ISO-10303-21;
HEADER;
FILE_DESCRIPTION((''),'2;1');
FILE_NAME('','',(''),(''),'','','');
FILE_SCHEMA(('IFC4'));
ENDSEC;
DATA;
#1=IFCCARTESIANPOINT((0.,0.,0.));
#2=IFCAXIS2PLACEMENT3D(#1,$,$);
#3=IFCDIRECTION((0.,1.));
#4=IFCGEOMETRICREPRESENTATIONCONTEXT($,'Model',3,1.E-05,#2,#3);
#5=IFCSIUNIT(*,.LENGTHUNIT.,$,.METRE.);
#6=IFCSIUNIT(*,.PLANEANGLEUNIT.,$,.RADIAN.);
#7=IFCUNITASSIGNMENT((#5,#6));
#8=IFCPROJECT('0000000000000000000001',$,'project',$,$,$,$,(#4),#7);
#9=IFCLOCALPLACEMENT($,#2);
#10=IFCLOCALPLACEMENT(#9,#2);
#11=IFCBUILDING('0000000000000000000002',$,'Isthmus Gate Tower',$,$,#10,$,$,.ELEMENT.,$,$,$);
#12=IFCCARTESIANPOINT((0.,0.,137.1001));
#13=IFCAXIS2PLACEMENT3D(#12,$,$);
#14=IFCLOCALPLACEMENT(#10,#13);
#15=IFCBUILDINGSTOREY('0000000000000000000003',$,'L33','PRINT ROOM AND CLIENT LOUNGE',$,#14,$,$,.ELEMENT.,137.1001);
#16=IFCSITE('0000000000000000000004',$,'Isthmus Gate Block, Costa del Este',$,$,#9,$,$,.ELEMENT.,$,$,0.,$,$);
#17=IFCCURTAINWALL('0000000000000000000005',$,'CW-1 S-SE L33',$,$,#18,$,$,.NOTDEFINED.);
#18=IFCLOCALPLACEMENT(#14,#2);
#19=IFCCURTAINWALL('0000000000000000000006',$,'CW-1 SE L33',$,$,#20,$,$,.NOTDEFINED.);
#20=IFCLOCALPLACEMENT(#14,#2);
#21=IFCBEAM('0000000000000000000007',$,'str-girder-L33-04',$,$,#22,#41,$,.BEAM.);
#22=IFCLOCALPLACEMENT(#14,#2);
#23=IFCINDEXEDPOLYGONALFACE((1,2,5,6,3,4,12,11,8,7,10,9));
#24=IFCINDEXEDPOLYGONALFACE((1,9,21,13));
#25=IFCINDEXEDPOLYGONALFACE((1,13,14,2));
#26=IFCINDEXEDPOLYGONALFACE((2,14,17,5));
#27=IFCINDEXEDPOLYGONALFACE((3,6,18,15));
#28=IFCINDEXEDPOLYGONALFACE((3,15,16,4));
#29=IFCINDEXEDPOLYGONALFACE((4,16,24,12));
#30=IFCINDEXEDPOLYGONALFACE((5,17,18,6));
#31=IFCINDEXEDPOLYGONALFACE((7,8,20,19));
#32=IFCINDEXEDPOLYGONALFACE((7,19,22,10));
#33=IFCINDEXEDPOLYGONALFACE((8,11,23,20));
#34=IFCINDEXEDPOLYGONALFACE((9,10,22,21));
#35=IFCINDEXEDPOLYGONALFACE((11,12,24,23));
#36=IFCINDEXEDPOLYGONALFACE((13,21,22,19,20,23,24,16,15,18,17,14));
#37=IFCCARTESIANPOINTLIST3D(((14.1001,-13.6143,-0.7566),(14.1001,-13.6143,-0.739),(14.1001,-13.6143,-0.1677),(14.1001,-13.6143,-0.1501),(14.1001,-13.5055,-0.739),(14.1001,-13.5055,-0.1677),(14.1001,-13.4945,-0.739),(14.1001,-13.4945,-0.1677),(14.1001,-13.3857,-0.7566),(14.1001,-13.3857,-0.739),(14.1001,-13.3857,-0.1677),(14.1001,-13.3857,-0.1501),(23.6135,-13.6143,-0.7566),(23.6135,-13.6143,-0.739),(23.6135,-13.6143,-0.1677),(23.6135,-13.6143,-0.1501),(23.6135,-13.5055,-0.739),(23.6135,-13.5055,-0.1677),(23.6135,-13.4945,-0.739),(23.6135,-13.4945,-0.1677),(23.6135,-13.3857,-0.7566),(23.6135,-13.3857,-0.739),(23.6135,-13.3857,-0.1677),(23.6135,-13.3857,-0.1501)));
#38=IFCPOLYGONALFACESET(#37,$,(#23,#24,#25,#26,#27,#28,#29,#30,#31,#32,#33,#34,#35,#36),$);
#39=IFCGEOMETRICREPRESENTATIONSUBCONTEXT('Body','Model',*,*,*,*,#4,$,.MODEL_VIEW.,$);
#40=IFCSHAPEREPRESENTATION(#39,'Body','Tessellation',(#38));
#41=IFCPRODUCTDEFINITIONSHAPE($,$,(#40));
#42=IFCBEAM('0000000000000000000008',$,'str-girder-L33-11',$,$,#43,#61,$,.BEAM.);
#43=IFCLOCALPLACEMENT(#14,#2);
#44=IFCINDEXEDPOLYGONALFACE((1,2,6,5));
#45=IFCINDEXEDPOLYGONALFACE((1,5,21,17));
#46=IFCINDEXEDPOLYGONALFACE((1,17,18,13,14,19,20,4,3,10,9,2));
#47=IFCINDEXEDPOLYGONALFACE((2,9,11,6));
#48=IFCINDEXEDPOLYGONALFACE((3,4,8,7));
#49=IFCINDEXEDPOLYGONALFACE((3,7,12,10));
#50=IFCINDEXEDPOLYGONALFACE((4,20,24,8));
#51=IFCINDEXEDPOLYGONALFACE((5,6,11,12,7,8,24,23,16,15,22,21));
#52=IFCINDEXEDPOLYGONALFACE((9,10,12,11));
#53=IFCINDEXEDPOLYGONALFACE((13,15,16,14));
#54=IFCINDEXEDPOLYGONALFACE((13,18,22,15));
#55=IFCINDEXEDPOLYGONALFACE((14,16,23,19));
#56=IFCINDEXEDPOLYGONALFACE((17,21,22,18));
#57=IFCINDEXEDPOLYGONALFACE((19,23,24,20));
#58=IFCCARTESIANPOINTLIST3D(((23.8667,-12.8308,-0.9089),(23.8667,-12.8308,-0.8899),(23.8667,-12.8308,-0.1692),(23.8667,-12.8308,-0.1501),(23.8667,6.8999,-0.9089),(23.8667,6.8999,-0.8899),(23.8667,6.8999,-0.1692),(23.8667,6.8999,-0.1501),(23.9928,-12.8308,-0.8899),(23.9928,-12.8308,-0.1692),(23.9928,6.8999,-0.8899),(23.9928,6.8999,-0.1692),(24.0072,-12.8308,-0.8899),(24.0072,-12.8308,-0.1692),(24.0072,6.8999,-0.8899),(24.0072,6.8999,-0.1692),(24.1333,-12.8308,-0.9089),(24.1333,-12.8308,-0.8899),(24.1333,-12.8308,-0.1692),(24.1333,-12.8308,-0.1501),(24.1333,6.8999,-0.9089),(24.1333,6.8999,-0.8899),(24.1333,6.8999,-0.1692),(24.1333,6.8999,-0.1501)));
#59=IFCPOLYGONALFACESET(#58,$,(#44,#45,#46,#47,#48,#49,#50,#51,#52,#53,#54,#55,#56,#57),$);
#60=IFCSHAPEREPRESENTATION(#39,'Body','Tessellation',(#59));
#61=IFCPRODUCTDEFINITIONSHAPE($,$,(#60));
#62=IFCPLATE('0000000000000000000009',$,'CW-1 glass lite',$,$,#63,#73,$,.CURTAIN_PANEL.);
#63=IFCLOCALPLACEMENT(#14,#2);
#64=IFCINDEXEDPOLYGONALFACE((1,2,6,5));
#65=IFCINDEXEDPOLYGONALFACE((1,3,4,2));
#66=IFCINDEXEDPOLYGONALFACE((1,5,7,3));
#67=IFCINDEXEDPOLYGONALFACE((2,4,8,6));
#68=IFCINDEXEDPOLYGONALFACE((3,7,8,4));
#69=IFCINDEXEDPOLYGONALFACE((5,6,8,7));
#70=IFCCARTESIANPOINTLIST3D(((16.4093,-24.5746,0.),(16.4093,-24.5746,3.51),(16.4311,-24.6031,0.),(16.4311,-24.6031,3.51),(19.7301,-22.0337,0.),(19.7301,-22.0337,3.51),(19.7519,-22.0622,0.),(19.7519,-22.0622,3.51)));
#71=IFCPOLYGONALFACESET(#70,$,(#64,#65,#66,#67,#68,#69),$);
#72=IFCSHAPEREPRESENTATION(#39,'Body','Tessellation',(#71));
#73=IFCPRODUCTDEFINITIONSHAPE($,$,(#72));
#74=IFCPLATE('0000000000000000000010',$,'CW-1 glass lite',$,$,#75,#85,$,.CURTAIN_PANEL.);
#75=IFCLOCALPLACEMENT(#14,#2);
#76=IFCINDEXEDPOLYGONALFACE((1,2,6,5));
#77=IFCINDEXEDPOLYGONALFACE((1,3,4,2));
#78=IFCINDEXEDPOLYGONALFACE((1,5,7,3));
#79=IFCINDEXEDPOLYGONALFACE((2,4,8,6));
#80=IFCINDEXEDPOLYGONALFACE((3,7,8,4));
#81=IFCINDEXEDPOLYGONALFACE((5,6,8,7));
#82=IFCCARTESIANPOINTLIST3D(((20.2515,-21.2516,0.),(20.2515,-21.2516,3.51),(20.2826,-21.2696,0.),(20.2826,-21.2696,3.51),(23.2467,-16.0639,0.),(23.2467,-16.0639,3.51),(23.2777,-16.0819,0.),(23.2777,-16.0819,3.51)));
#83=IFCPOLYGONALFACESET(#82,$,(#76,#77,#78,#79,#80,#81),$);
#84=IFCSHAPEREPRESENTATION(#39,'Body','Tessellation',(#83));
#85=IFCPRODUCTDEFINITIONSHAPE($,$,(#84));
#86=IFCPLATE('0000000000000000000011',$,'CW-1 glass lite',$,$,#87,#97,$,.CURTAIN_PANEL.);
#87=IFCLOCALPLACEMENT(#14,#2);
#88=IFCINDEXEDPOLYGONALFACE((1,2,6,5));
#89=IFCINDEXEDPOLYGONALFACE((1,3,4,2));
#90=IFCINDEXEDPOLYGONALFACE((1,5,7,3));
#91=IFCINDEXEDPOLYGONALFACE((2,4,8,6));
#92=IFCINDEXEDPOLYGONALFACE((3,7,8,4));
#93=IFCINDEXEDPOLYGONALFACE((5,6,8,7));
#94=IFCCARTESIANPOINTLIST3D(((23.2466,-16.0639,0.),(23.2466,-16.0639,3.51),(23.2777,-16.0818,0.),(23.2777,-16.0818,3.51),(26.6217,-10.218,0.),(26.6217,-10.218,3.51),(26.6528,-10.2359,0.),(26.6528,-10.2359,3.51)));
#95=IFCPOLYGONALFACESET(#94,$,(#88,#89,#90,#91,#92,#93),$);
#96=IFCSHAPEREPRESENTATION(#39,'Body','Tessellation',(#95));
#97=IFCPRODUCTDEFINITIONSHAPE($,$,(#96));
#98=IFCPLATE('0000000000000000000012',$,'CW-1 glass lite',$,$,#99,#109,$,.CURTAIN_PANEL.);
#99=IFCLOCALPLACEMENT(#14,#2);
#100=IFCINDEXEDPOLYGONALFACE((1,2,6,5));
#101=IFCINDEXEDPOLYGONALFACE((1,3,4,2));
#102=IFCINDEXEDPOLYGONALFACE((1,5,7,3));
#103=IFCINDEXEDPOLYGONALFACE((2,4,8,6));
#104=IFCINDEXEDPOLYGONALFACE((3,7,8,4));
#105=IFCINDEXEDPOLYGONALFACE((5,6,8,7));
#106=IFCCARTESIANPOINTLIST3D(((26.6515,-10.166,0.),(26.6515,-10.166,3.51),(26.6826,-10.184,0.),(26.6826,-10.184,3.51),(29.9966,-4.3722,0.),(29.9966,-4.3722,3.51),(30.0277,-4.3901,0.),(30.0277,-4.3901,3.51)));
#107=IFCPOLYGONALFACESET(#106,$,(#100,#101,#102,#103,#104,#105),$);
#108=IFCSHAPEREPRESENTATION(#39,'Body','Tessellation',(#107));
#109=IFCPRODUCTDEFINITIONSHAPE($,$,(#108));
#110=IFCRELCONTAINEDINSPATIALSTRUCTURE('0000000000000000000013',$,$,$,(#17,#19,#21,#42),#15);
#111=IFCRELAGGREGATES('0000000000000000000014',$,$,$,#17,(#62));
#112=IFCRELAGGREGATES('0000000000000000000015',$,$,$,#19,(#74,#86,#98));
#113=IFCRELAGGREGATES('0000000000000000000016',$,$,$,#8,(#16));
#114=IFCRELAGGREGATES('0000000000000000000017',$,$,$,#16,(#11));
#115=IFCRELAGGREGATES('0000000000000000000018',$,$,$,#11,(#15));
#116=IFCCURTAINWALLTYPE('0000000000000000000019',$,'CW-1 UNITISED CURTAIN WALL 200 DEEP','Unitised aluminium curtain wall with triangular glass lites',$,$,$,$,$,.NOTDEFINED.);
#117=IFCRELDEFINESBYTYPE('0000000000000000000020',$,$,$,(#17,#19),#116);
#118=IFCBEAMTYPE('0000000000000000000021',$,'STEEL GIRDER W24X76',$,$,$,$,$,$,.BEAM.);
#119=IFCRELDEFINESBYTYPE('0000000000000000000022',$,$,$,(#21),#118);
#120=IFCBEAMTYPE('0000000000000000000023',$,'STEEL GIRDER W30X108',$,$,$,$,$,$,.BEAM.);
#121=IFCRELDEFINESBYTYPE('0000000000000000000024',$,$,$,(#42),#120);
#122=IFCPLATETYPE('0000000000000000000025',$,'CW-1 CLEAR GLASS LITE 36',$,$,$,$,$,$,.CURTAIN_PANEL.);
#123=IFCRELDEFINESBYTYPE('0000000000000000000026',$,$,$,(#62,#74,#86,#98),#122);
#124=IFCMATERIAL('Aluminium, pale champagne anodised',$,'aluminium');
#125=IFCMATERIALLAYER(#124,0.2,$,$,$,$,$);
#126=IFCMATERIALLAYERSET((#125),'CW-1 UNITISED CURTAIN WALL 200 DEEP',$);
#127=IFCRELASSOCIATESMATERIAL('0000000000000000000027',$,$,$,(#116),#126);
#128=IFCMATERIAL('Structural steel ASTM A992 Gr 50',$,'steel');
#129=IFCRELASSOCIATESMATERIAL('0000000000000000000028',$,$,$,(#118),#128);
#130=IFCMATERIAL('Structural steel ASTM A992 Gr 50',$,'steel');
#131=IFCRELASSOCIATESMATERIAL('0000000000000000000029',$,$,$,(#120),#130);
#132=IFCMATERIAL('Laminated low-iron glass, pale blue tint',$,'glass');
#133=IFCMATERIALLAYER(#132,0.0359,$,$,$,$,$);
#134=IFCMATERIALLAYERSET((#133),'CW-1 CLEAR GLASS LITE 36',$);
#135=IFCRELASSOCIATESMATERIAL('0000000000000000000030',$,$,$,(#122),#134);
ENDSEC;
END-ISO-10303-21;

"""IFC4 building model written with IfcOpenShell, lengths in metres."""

from ifc_helpers import new_model, si_unit, direction, frame, origin, origin_2d, place, context, subcontext, project, spatial, rectangle, i_section, extrude, material, layer, layer_set, material_profile, profile_set, type_object, element, aggregate, save


model = new_model("IFC4")

# Units and contexts
model_context = context("Model", 3, precision=1e-05, world=origin(), true_north=direction((0.0, 1.0)))
body_context = subcontext(model_context, "Body", "Model", "MODEL_VIEW")
ifc_project = project(units=[si_unit("LENGTHUNIT", "METRE"), si_unit("PLANEANGLEUNIT", "RADIAN")], contexts=[model_context])

# Site, building, storey
site_placement = place(None, origin())
site = spatial("IfcSite", under=ifc_project, at=site_placement, Name="Isthmus Gate Block, Costa del Este", CompositionType="ELEMENT", RefElevation=0.0)
building_placement = place(site_placement, origin())
building = spatial("IfcBuilding", under=site, at=building_placement, Name="Isthmus Gate Tower", CompositionType="ELEMENT")
storey_placement = place(building_placement, frame((0.0, 0.0, 137.1001)))
storey = spatial("IfcBuildingStorey", under=building, at=storey_placement, Name="L33", Description="PRINT ROOM AND CLIENT LOUNGE", CompositionType="ELEMENT", Elevation=137.1001)

# Curtain wall
ifc_material_1 = material(Name="Aluminium, pale champagne anodised", Category="aluminium")
ifc_layer_1 = layer(ifc_material_1, 0.2)
ifc_layer_set_1 = layer_set([ifc_layer_1], Name="CW-1 UNITISED CURTAIN WALL 200 DEEP")
curtain_wall_type = type_object("IfcCurtainWallType", Name="CW-1 UNITISED CURTAIN WALL 200 DEEP", Description="Unitised aluminium curtain wall with triangular glass lites", PredefinedType="NOTDEFINED", material=ifc_layer_set_1)
curtain_wall_1_placement = place(storey_placement, origin())
curtain_wall_1 = element("IfcCurtainWall", 1, at=curtain_wall_1_placement, inside=storey, type_object=curtain_wall_type, Name="CW-1 S-SE L33", PredefinedType="NOTDEFINED")

# Curtain wall
curtain_wall_2_placement = place(storey_placement, origin())
curtain_wall_2 = element("IfcCurtainWall", 2, at=curtain_wall_2_placement, inside=storey, type_object=curtain_wall_type, Name="CW-1 SE L33", PredefinedType="NOTDEFINED")

# Beams
ifc_material_2 = material(Name="Structural steel ASTM A992 Gr 50", Category="steel")
ifc_material_profile_1 = material_profile(ifc_material_2, i_section(OverallWidth=0.2285, OverallDepth=0.6064, WebThickness=0.011, FlangeThickness=0.0176, at=origin_2d()), Name="W24X76")
ifc_profile_set_1 = profile_set([ifc_material_profile_1], Name="Structural steel ASTM A992 Gr 50")
beam_type_1 = type_object("IfcBeamType", Name="STEEL GIRDER W24X76", PredefinedType="BEAM", material=ifc_profile_set_1)
beam_1_placement = place(storey_placement, frame((14.1001, -13.5, -0.4534), z_axis=(1.0, 0.0, 0.0), x_axis=(0.0, 1.0, 0.0)))
element("IfcBeam", 3, at=beam_1_placement, inside=storey, type_object=beam_type_1, Name="str-girder-L33-04", PredefinedType="BEAM", context=body_context, shape_type="SweptSolid", body=[
    extrude(i_section(OverallWidth=0.2285, OverallDepth=0.6064, WebThickness=0.011, FlangeThickness=0.0176, at=origin_2d()), origin(), (0.0, 0.0, 1.0), 9.5134),
])
ifc_material_3 = material(Name="Structural steel ASTM A992 Gr 50", Category="steel")
ifc_material_profile_2 = material_profile(ifc_material_3, i_section(OverallWidth=0.2666, OverallDepth=0.7588, WebThickness=0.0144, FlangeThickness=0.019, at=origin_2d()), Name="W30X108")
ifc_profile_set_2 = profile_set([ifc_material_profile_2], Name="Structural steel ASTM A992 Gr 50")
beam_type_2 = type_object("IfcBeamType", Name="STEEL GIRDER W30X108", PredefinedType="BEAM", material=ifc_profile_set_2)
beam_2_placement = place(storey_placement, frame((24.0, -12.8308, -0.5295), z_axis=(0.0, 1.0, 0.0), x_axis=(-1.0, 0.0, 0.0)))
element("IfcBeam", 4, at=beam_2_placement, inside=storey, type_object=beam_type_2, Name="str-girder-L33-11", PredefinedType="BEAM", context=body_context, shape_type="SweptSolid", body=[
    extrude(i_section(OverallWidth=0.2666, OverallDepth=0.7588, WebThickness=0.0144, FlangeThickness=0.019, at=origin_2d()), origin(), (0.0, 0.0, 1.0), 19.7307),
])

# Plates
ifc_material_4 = material(Name="Laminated low-iron glass, pale blue tint", Category="glass")
ifc_layer_2 = layer(ifc_material_4, 0.0359)
ifc_layer_set_2 = layer_set([ifc_layer_2], Name="CW-1 CLEAR GLASS LITE 36")
plate_type = type_object("IfcPlateType", Name="CW-1 CLEAR GLASS LITE 36", PredefinedType="CURTAIN_PANEL", material=ifc_layer_set_2)
plate_1_placement = place(storey_placement, frame((18.0806, -23.3184, 0.0), z_axis=(0.0, 0.0, 1.0), x_axis=(0.794189, 0.607671, 0.0)))
plate_1 = element("IfcPlate", 5, at=plate_1_placement, type_object=plate_type, Name="CW-1 glass lite", PredefinedType="CURTAIN_PANEL", context=body_context, shape_type="SweptSolid", body=[
    extrude(rectangle(XDim=4.1814, YDim=0.0359, at=origin_2d()), origin(), (0.0, 0.0, 1.0), 3.51),
])
aggregate(curtain_wall_1, [plate_1])
plate_2_placement = place(storey_placement, frame((21.7646, -18.6667, 0.0), z_axis=(0.0, 0.0, 1.0), x_axis=(0.5, 0.866025, 0.0)))
plate_2 = element("IfcPlate", 6, at=plate_2_placement, type_object=plate_type, Name="CW-1 glass lite", PredefinedType="CURTAIN_PANEL", context=body_context, shape_type="SweptSolid", body=[
    extrude(rectangle(XDim=5.9902, YDim=0.0359, at=origin_2d()), origin(), (0.0, 0.0, 1.0), 3.51),
])
plate_3_placement = place(storey_placement, frame((24.9497, -13.1499, 0.0), z_axis=(0.0, 0.0, 1.0), x_axis=(0.5, 0.866025, 0.0)))
plate_3 = element("IfcPlate", 7, at=plate_3_placement, type_object=plate_type, Name="CW-1 glass lite", PredefinedType="CURTAIN_PANEL", context=body_context, shape_type="SweptSolid", body=[
    extrude(rectangle(XDim=6.7502, YDim=0.0359, at=origin_2d()), origin(), (0.0, 0.0, 1.0), 3.51),
])
plate_4_placement = place(storey_placement, frame((28.3396, -7.2781, 0.0), z_axis=(0.0, 0.0, 1.0), x_axis=(0.5, 0.866025, 0.0)))
plate_4 = element("IfcPlate", 8, at=plate_4_placement, type_object=plate_type, Name="CW-1 glass lite", PredefinedType="CURTAIN_PANEL", context=body_context, shape_type="SweptSolid", body=[
    extrude(rectangle(XDim=6.6902, YDim=0.0359, at=origin_2d()), origin(), (0.0, 0.0, 1.0), 3.51),
])
aggregate(curtain_wall_2, [plate_2, plate_3, plate_4])

save(model, "model.ifc")
